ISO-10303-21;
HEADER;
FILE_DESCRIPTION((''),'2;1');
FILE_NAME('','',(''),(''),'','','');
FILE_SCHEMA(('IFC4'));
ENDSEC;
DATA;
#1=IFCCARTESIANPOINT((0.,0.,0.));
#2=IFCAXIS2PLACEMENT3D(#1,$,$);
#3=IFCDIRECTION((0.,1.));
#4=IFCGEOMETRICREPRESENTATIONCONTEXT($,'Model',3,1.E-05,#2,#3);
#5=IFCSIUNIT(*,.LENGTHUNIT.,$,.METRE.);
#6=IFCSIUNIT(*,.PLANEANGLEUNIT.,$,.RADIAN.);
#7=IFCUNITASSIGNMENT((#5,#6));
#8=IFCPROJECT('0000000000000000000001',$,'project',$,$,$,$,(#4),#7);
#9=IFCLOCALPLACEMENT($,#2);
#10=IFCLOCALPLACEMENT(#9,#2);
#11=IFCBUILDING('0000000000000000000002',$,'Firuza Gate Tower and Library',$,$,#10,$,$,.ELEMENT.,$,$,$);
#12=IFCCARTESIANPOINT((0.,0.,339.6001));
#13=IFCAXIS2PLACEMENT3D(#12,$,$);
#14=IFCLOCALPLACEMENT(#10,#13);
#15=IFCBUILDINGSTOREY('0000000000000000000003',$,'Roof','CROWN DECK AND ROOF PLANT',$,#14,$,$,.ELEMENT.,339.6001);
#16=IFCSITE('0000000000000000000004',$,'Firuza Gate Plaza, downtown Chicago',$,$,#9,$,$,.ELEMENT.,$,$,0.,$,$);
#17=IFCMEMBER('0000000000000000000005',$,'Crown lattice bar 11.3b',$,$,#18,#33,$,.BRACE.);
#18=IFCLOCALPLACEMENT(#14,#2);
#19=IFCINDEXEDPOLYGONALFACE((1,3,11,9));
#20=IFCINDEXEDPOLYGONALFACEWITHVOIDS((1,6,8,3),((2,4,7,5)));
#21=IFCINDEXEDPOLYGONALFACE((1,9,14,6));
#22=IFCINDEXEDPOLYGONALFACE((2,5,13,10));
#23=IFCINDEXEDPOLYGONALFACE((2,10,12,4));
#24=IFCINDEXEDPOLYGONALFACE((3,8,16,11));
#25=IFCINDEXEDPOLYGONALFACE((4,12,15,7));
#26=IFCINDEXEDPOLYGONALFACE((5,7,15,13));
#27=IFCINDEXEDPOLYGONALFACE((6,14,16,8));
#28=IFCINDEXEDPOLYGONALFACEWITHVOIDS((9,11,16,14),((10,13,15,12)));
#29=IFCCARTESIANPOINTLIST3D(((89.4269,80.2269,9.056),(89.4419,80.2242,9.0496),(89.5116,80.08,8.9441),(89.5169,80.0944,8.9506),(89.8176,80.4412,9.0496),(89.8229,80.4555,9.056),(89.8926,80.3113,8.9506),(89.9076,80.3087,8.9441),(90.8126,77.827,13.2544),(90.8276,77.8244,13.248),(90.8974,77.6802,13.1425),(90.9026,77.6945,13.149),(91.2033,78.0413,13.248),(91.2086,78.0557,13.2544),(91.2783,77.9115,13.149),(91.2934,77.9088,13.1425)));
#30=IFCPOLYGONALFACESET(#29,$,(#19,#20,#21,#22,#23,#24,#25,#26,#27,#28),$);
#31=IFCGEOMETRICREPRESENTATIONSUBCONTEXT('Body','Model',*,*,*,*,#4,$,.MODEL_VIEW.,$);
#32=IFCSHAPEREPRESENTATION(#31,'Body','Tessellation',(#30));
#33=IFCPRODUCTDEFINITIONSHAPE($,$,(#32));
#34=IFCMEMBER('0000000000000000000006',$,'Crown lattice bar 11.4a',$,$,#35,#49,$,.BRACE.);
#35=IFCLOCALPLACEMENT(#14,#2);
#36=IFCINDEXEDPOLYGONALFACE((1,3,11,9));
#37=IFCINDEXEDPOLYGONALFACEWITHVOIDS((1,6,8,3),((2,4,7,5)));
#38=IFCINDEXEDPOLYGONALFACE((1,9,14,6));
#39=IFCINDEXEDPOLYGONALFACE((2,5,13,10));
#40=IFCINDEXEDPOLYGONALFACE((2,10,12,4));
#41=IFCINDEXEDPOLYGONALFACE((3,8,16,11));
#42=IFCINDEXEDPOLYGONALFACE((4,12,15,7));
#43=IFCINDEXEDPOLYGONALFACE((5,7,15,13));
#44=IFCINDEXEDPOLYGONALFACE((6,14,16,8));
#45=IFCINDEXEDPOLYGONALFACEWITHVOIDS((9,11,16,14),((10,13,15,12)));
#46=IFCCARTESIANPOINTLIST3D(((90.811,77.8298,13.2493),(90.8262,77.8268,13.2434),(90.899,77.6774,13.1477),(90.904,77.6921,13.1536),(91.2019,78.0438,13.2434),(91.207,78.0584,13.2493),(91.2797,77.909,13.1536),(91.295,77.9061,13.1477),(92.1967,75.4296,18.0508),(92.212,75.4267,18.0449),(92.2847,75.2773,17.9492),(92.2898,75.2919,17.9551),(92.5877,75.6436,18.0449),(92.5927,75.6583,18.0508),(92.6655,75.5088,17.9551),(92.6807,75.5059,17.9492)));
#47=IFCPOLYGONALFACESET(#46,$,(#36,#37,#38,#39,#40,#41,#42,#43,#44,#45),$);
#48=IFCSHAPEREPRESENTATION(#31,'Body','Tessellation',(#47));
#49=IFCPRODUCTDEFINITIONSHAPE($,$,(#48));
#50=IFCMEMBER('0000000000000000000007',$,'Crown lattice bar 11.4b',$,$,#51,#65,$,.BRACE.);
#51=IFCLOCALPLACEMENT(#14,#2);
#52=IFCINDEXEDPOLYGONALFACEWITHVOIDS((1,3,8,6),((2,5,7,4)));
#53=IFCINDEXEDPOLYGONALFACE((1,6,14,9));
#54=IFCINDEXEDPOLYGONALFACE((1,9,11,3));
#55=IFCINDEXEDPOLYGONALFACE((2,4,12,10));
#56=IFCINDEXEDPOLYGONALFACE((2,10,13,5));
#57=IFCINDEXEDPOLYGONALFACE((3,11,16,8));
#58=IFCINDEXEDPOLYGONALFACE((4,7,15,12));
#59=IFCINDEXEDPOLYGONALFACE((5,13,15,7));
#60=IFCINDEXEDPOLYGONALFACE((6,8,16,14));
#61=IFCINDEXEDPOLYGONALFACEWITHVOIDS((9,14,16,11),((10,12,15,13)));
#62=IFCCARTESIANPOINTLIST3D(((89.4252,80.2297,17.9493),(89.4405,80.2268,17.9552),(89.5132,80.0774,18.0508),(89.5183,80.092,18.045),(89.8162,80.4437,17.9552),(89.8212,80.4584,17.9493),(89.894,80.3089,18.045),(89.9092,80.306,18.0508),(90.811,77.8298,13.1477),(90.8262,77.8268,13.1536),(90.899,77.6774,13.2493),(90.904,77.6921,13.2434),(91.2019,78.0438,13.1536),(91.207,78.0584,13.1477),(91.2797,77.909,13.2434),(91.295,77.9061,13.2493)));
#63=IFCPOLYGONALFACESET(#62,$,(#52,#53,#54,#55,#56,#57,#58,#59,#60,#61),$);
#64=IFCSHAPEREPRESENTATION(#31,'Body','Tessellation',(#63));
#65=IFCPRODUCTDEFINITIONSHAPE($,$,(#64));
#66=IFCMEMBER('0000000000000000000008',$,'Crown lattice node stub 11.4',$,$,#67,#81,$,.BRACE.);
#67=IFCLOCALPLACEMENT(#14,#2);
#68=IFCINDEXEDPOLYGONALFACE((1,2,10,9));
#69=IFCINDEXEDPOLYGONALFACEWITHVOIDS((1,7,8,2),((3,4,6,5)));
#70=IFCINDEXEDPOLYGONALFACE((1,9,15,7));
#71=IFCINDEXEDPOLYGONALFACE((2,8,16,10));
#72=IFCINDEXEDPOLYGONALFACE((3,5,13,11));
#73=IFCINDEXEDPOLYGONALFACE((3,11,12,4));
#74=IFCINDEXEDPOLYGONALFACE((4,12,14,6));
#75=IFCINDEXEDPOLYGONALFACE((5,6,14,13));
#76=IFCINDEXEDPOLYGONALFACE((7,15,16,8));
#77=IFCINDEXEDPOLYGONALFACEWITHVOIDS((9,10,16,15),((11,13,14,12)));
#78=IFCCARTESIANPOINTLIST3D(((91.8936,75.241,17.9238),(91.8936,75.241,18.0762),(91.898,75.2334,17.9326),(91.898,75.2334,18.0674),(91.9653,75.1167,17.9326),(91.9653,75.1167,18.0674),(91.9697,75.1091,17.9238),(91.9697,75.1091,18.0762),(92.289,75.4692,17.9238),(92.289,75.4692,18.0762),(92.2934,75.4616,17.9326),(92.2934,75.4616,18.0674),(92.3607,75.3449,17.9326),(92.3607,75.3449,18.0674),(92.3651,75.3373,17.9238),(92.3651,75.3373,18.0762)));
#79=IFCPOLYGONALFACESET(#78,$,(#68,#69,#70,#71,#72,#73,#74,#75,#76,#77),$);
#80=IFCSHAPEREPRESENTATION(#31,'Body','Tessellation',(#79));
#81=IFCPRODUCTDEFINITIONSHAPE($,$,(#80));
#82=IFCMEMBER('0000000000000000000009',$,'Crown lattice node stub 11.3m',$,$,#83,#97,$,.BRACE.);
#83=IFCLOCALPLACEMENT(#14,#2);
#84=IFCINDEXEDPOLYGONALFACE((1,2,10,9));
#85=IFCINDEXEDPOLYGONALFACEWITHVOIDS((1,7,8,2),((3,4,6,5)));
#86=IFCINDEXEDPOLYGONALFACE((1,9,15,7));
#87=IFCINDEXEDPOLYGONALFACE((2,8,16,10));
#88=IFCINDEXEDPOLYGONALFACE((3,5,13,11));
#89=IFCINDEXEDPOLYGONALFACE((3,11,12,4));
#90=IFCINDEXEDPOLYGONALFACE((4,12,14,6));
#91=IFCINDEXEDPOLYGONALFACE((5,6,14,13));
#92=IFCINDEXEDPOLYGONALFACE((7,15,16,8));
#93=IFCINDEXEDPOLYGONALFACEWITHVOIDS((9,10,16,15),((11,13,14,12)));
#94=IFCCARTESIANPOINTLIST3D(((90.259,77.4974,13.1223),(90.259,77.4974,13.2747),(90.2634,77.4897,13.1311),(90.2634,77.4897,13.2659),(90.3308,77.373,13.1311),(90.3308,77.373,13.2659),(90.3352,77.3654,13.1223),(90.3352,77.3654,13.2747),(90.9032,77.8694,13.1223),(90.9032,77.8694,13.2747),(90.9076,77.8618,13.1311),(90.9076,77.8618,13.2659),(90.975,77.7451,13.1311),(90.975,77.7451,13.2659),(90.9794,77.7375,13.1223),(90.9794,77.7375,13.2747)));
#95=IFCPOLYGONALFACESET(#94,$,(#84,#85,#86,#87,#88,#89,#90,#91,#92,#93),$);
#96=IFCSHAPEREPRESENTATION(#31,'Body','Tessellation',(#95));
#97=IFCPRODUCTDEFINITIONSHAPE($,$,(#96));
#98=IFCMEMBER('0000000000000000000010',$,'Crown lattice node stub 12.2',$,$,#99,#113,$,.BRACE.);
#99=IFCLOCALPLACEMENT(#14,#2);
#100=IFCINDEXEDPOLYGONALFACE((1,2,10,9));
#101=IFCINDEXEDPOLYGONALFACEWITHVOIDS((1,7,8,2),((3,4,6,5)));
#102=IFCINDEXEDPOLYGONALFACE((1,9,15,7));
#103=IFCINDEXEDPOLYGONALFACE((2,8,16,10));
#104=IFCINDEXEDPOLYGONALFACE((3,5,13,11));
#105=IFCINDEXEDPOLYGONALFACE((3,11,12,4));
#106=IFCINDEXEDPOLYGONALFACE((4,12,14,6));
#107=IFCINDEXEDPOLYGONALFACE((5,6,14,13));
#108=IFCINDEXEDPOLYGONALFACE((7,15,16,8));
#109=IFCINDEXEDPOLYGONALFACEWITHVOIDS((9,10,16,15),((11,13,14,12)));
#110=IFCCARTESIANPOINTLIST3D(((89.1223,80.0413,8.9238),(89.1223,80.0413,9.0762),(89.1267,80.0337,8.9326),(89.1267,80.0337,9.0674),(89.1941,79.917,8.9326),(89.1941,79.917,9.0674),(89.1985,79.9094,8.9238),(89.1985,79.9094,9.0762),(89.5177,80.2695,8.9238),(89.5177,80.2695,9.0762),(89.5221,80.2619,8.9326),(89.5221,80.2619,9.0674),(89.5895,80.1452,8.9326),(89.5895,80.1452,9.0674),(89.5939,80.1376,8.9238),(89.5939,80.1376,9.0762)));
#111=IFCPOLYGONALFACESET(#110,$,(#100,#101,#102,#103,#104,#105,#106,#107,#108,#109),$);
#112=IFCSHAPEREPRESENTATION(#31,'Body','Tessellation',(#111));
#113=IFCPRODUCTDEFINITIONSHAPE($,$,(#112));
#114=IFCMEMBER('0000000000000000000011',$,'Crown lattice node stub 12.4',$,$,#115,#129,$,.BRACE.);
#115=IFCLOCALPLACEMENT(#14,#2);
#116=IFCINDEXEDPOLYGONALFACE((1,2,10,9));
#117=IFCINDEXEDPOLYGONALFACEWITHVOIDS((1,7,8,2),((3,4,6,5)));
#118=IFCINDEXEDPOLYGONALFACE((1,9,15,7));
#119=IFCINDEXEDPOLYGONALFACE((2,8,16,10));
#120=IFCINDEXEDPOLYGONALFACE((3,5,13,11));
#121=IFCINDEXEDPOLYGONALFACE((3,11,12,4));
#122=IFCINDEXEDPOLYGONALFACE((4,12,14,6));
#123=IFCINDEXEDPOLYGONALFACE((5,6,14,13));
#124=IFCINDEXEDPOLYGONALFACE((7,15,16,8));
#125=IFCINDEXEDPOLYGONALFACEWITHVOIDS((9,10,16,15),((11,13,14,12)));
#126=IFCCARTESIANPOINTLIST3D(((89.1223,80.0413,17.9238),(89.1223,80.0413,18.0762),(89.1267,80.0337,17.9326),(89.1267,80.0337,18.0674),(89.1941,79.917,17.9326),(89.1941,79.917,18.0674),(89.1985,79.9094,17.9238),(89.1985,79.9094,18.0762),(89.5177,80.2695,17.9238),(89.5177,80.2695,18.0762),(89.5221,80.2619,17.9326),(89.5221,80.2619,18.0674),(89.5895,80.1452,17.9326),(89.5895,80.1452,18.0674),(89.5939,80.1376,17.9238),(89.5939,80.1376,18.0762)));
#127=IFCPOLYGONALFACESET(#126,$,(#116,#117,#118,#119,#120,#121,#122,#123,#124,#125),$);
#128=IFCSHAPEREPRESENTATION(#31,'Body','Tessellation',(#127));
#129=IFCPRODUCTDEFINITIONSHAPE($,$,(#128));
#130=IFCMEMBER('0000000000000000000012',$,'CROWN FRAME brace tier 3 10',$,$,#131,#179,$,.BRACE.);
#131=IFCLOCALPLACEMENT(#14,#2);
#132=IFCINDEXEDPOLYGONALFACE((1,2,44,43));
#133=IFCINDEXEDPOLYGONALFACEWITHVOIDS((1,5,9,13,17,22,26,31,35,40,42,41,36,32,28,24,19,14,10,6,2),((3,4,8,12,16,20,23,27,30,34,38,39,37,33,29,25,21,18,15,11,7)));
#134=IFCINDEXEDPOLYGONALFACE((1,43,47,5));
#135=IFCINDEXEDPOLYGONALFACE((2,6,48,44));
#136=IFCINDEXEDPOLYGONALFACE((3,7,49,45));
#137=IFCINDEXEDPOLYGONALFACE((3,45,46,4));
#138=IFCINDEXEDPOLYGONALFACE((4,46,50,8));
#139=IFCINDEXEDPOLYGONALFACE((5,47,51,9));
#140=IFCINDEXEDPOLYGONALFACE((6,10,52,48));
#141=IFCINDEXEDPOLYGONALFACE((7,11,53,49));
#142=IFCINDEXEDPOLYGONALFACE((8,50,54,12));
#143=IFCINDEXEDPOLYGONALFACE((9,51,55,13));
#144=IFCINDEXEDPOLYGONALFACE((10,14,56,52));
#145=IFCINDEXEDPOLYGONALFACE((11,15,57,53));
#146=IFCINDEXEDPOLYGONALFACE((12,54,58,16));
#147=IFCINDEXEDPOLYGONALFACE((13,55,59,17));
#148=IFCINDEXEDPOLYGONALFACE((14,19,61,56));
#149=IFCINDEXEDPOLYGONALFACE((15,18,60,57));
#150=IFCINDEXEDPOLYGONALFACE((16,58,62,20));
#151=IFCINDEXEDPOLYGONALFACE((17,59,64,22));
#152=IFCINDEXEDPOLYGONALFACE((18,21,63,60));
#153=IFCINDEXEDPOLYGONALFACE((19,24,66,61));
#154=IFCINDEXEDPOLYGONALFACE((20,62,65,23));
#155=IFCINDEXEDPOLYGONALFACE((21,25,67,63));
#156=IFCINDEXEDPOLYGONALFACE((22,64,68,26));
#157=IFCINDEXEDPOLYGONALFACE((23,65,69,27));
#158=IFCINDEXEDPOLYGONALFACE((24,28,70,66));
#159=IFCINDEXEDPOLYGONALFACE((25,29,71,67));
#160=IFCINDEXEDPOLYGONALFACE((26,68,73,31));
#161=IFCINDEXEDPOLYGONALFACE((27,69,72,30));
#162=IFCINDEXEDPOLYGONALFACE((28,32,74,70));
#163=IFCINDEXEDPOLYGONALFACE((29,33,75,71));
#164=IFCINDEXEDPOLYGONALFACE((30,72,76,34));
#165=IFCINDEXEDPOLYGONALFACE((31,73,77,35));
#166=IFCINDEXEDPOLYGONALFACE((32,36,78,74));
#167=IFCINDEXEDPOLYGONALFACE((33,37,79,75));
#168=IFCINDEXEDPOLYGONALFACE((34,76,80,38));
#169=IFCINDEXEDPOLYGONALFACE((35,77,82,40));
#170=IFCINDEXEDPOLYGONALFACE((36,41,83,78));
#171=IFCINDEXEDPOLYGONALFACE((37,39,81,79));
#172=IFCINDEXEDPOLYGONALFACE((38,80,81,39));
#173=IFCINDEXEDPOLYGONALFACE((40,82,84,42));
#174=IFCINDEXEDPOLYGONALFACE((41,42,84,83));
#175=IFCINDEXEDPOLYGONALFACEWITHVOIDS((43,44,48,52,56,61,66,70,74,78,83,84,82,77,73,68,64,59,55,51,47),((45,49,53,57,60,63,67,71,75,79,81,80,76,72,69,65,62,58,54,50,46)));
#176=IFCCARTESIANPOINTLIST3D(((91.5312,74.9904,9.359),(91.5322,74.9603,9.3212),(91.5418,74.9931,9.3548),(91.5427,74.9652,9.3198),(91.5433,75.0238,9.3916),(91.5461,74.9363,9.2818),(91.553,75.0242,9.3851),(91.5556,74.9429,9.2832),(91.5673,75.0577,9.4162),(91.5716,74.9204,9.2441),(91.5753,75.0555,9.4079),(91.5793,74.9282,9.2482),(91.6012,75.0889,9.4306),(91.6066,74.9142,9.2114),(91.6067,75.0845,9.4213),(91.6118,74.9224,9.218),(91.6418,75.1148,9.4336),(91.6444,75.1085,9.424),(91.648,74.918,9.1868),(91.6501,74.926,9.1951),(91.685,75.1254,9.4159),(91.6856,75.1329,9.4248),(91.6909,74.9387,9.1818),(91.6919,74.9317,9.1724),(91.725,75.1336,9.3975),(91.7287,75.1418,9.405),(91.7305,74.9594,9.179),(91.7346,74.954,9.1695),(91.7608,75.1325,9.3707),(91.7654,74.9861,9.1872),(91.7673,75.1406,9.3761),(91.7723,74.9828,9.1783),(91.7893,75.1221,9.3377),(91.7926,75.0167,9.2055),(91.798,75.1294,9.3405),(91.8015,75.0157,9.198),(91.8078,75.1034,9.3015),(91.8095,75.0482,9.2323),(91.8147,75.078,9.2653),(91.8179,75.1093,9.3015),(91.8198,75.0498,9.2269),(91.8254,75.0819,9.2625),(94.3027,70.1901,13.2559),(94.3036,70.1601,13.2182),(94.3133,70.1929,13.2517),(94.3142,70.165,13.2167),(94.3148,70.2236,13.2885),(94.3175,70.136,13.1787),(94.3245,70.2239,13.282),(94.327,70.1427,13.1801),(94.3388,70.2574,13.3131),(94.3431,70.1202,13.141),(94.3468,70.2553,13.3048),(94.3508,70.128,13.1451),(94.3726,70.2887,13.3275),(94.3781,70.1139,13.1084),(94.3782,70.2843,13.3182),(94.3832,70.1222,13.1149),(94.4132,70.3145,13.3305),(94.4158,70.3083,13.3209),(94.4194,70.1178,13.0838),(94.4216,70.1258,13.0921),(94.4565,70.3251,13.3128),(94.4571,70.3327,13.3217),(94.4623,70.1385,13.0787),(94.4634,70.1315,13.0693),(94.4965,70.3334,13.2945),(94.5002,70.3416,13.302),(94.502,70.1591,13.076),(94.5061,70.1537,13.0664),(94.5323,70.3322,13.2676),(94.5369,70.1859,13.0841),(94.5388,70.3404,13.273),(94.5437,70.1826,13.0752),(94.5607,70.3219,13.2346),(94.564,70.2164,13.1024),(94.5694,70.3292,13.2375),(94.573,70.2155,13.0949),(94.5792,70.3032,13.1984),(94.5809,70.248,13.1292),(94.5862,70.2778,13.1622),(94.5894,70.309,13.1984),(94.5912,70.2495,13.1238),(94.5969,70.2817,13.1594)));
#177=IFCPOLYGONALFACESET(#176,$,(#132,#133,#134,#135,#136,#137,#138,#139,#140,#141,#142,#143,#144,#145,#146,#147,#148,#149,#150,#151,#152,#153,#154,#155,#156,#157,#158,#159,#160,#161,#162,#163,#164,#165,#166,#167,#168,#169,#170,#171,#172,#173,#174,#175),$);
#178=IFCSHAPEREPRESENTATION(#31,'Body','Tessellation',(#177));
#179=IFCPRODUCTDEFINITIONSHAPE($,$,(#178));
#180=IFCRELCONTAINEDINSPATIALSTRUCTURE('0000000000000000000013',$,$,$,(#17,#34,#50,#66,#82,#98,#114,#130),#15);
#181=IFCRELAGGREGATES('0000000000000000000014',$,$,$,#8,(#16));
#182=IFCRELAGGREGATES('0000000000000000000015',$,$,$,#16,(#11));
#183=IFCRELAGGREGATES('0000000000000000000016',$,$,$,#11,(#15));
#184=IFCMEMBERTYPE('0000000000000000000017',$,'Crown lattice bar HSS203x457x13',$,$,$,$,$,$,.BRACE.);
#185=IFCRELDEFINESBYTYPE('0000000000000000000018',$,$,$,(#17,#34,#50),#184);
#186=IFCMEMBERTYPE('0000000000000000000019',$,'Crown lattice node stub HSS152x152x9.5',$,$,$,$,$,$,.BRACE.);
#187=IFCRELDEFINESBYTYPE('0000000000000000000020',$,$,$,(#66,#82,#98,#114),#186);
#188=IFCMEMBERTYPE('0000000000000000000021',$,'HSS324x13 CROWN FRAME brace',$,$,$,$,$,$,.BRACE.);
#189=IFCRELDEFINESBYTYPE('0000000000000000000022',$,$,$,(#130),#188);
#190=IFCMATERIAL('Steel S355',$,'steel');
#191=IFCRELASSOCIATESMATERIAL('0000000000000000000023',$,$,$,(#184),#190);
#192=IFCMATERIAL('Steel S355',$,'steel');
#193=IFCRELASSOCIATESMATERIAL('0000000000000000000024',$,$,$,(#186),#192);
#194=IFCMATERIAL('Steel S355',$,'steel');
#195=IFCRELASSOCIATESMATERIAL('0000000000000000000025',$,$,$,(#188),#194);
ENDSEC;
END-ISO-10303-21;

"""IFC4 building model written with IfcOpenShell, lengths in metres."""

from ifc_helpers import new_model, si_unit, direction, frame, origin, origin_2d, place, context, subcontext, project, spatial, hollow_rectangle, hollow_circle, extrude, material, material_profile, profile_set, type_object, element, save


model = new_model("IFC4")

# Units and contexts
model_context = context("Model", 3, precision=1e-05, world=origin(), true_north=direction((0.0, 1.0)))
body_context = subcontext(model_context, "Body", "Model", "MODEL_VIEW")
ifc_project = project(units=[si_unit("LENGTHUNIT", "METRE"), si_unit("PLANEANGLEUNIT", "RADIAN")], contexts=[model_context])

# Site, building, storey
site_placement = place(None, origin())
site = spatial("IfcSite", under=ifc_project, at=site_placement, Name="Firuza Gate Plaza, downtown Chicago", CompositionType="ELEMENT", RefElevation=0.0)
building_placement = place(site_placement, origin())
building = spatial("IfcBuilding", under=site, at=building_placement, Name="Firuza Gate Tower and Library", CompositionType="ELEMENT")
storey_placement = place(building_placement, frame((0.0, 0.0, 339.6001)))
storey = spatial("IfcBuildingStorey", under=building, at=storey_placement, Name="Roof", Description="CROWN DECK AND ROOF PLANT", CompositionType="ELEMENT", Elevation=339.6001)

# Members
ifc_material_1 = material(Name="Steel S355", Category="steel")
ifc_material_profile_1 = material_profile(ifc_material_1, hollow_rectangle(XDim=0.4573, YDim=0.2031, WallThickness=0.0117, at=origin_2d()))
ifc_profile_set_1 = profile_set([ifc_material_profile_1], Name="Steel S355")
member_type_1 = type_object("IfcMemberType", Name="Crown lattice bar HSS203x457x13", PredefinedType="BRACE", material=ifc_profile_set_1)
member_1_placement = place(storey_placement, frame((91.053, 77.8679, 13.1985), z_axis=(-0.275462, 0.477059, -0.834587), x_axis=(-0.866001, -0.500043, 0.0)))
element("IfcMember", 1, at=member_1_placement, inside=storey, type_object=member_type_1, Name="Crown lattice bar 11.3b", PredefinedType="BRACE", context=body_context, shape_type="SweptSolid", body=[
    extrude(hollow_rectangle(XDim=0.4573, YDim=0.2031, WallThickness=0.0117, at=origin_2d()), origin(), (0.0, 0.0, 1.0), 5.0305),
])
for number, where, z_axis, x_axis, name in (
    (2, (92.4387, 75.4678, 18.0), (-0.249955, 0.43293, -0.86608), (-0.866023, -0.500005, 0.0), "Crown lattice bar 11.4a"),
    (3, (91.053, 77.8679, 13.1985), (-0.24996, 0.432894, 0.866096), (-0.866001, -0.500043, 0.0), "Crown lattice bar 11.4b"),
):
    element("IfcMember", number, at=place(storey_placement, frame(where, z_axis=z_axis, x_axis=x_axis)), inside=storey, type_object=member_type_1, Name=name, PredefinedType="BRACE", context=body_context, shape_type="SweptSolid", body=[
        extrude(hollow_rectangle(XDim=0.4573, YDim=0.2031, WallThickness=0.0117, at=origin_2d()), origin(), (0.0, 0.0, 1.0), 5.5439),
    ])
ifc_material_2 = material(Name="Steel S355", Category="steel")
ifc_material_profile_2 = material_profile(ifc_material_2, hollow_rectangle(XDim=0.1523, YDim=0.1523, WallThickness=0.0088, at=origin_2d()))
ifc_profile_set_2 = profile_set([ifc_material_profile_2], Name="Steel S355")
member_type_2 = type_object("IfcMemberType", Name="Crown lattice node stub HSS152x152x9.5", PredefinedType="BRACE", material=ifc_profile_set_2)
member_2_placement = place(storey_placement, frame((91.9316, 75.175, 18.0), z_axis=(0.866097, 0.499877, 0.0), x_axis=(-0.499877, 0.866097, 0.0)))
element("IfcMember", 4, at=member_2_placement, inside=storey, type_object=member_type_2, Name="Crown lattice node stub 11.4", PredefinedType="BRACE", context=body_context, shape_type="SweptSolid", body=[
    extrude(hollow_rectangle(XDim=0.1523, YDim=0.1523, WallThickness=0.0088, at=origin_2d()), origin(), (0.0, 0.0, 1.0), 0.4565),
])
member_3_placement = place(storey_placement, frame((90.2971, 77.4314, 13.1985), z_axis=(0.865972, 0.500092, 0.0), x_axis=(-0.500092, 0.865972, 0.0)))
element("IfcMember", 5, at=member_3_placement, inside=storey, type_object=member_type_2, Name="Crown lattice node stub 11.3m", PredefinedType="BRACE", context=body_context, shape_type="SweptSolid", body=[
    extrude(hollow_rectangle(XDim=0.1523, YDim=0.1523, WallThickness=0.0088, at=origin_2d()), origin(), (0.0, 0.0, 1.0), 0.7439),
])
for number, where, z_axis, x_axis, name in (
    (6, (89.1604, 79.9753, 9.0), (0.866097, 0.499877, 0.0), (-0.499877, 0.866097, 0.0), "Crown lattice node stub 12.2"),
    (7, (89.1604, 79.9753, 18.0), (0.866097, 0.499877, 0.0), (-0.499877, 0.866097, 0.0), "Crown lattice node stub 12.4"),
):
    element("IfcMember", number, at=place(storey_placement, frame(where, z_axis=z_axis, x_axis=x_axis)), inside=storey, type_object=member_type_2, Name=name, PredefinedType="BRACE", context=body_context, shape_type="SweptSolid", body=[
        extrude(hollow_rectangle(XDim=0.1523, YDim=0.1523, WallThickness=0.0088, at=origin_2d()), origin(), (0.0, 0.0, 1.0), 0.4565),
    ])
ifc_material_3 = material(Name="Steel S355", Category="steel")
ifc_material_profile_3 = material_profile(ifc_material_3, hollow_circle(Radius=0.1619, WallThickness=0.0117, at=origin_2d()))
ifc_profile_set_3 = profile_set([ifc_material_profile_3], Name="Steel S355")
member_type_3 = type_object("IfcMemberType", Name="HSS324x13 CROWN FRAME brace", PredefinedType="BRACE", material=ifc_profile_set_3)
for number, where, z_axis, x_axis, name in (
    (8, (91.6777, 75.0283, 9.3015), (0.409032, -0.708455, 0.575138), (0.866023, 0.500005, 0.0), "CROWN FRAME brace tier 3 10"),
):
    element("IfcMember", number, at=place(storey_placement, frame(where, z_axis=z_axis, x_axis=x_axis)), inside=storey, type_object=member_type_3, Name=name, PredefinedType="BRACE", context=body_context, shape_type="SweptSolid", body=[
        extrude(hollow_circle(Radius=0.1619, WallThickness=0.0117, at=origin_2d()), origin(), (0.0, 0.0, 1.0), 6.7756),
    ])

save(model, "model.ifc")
